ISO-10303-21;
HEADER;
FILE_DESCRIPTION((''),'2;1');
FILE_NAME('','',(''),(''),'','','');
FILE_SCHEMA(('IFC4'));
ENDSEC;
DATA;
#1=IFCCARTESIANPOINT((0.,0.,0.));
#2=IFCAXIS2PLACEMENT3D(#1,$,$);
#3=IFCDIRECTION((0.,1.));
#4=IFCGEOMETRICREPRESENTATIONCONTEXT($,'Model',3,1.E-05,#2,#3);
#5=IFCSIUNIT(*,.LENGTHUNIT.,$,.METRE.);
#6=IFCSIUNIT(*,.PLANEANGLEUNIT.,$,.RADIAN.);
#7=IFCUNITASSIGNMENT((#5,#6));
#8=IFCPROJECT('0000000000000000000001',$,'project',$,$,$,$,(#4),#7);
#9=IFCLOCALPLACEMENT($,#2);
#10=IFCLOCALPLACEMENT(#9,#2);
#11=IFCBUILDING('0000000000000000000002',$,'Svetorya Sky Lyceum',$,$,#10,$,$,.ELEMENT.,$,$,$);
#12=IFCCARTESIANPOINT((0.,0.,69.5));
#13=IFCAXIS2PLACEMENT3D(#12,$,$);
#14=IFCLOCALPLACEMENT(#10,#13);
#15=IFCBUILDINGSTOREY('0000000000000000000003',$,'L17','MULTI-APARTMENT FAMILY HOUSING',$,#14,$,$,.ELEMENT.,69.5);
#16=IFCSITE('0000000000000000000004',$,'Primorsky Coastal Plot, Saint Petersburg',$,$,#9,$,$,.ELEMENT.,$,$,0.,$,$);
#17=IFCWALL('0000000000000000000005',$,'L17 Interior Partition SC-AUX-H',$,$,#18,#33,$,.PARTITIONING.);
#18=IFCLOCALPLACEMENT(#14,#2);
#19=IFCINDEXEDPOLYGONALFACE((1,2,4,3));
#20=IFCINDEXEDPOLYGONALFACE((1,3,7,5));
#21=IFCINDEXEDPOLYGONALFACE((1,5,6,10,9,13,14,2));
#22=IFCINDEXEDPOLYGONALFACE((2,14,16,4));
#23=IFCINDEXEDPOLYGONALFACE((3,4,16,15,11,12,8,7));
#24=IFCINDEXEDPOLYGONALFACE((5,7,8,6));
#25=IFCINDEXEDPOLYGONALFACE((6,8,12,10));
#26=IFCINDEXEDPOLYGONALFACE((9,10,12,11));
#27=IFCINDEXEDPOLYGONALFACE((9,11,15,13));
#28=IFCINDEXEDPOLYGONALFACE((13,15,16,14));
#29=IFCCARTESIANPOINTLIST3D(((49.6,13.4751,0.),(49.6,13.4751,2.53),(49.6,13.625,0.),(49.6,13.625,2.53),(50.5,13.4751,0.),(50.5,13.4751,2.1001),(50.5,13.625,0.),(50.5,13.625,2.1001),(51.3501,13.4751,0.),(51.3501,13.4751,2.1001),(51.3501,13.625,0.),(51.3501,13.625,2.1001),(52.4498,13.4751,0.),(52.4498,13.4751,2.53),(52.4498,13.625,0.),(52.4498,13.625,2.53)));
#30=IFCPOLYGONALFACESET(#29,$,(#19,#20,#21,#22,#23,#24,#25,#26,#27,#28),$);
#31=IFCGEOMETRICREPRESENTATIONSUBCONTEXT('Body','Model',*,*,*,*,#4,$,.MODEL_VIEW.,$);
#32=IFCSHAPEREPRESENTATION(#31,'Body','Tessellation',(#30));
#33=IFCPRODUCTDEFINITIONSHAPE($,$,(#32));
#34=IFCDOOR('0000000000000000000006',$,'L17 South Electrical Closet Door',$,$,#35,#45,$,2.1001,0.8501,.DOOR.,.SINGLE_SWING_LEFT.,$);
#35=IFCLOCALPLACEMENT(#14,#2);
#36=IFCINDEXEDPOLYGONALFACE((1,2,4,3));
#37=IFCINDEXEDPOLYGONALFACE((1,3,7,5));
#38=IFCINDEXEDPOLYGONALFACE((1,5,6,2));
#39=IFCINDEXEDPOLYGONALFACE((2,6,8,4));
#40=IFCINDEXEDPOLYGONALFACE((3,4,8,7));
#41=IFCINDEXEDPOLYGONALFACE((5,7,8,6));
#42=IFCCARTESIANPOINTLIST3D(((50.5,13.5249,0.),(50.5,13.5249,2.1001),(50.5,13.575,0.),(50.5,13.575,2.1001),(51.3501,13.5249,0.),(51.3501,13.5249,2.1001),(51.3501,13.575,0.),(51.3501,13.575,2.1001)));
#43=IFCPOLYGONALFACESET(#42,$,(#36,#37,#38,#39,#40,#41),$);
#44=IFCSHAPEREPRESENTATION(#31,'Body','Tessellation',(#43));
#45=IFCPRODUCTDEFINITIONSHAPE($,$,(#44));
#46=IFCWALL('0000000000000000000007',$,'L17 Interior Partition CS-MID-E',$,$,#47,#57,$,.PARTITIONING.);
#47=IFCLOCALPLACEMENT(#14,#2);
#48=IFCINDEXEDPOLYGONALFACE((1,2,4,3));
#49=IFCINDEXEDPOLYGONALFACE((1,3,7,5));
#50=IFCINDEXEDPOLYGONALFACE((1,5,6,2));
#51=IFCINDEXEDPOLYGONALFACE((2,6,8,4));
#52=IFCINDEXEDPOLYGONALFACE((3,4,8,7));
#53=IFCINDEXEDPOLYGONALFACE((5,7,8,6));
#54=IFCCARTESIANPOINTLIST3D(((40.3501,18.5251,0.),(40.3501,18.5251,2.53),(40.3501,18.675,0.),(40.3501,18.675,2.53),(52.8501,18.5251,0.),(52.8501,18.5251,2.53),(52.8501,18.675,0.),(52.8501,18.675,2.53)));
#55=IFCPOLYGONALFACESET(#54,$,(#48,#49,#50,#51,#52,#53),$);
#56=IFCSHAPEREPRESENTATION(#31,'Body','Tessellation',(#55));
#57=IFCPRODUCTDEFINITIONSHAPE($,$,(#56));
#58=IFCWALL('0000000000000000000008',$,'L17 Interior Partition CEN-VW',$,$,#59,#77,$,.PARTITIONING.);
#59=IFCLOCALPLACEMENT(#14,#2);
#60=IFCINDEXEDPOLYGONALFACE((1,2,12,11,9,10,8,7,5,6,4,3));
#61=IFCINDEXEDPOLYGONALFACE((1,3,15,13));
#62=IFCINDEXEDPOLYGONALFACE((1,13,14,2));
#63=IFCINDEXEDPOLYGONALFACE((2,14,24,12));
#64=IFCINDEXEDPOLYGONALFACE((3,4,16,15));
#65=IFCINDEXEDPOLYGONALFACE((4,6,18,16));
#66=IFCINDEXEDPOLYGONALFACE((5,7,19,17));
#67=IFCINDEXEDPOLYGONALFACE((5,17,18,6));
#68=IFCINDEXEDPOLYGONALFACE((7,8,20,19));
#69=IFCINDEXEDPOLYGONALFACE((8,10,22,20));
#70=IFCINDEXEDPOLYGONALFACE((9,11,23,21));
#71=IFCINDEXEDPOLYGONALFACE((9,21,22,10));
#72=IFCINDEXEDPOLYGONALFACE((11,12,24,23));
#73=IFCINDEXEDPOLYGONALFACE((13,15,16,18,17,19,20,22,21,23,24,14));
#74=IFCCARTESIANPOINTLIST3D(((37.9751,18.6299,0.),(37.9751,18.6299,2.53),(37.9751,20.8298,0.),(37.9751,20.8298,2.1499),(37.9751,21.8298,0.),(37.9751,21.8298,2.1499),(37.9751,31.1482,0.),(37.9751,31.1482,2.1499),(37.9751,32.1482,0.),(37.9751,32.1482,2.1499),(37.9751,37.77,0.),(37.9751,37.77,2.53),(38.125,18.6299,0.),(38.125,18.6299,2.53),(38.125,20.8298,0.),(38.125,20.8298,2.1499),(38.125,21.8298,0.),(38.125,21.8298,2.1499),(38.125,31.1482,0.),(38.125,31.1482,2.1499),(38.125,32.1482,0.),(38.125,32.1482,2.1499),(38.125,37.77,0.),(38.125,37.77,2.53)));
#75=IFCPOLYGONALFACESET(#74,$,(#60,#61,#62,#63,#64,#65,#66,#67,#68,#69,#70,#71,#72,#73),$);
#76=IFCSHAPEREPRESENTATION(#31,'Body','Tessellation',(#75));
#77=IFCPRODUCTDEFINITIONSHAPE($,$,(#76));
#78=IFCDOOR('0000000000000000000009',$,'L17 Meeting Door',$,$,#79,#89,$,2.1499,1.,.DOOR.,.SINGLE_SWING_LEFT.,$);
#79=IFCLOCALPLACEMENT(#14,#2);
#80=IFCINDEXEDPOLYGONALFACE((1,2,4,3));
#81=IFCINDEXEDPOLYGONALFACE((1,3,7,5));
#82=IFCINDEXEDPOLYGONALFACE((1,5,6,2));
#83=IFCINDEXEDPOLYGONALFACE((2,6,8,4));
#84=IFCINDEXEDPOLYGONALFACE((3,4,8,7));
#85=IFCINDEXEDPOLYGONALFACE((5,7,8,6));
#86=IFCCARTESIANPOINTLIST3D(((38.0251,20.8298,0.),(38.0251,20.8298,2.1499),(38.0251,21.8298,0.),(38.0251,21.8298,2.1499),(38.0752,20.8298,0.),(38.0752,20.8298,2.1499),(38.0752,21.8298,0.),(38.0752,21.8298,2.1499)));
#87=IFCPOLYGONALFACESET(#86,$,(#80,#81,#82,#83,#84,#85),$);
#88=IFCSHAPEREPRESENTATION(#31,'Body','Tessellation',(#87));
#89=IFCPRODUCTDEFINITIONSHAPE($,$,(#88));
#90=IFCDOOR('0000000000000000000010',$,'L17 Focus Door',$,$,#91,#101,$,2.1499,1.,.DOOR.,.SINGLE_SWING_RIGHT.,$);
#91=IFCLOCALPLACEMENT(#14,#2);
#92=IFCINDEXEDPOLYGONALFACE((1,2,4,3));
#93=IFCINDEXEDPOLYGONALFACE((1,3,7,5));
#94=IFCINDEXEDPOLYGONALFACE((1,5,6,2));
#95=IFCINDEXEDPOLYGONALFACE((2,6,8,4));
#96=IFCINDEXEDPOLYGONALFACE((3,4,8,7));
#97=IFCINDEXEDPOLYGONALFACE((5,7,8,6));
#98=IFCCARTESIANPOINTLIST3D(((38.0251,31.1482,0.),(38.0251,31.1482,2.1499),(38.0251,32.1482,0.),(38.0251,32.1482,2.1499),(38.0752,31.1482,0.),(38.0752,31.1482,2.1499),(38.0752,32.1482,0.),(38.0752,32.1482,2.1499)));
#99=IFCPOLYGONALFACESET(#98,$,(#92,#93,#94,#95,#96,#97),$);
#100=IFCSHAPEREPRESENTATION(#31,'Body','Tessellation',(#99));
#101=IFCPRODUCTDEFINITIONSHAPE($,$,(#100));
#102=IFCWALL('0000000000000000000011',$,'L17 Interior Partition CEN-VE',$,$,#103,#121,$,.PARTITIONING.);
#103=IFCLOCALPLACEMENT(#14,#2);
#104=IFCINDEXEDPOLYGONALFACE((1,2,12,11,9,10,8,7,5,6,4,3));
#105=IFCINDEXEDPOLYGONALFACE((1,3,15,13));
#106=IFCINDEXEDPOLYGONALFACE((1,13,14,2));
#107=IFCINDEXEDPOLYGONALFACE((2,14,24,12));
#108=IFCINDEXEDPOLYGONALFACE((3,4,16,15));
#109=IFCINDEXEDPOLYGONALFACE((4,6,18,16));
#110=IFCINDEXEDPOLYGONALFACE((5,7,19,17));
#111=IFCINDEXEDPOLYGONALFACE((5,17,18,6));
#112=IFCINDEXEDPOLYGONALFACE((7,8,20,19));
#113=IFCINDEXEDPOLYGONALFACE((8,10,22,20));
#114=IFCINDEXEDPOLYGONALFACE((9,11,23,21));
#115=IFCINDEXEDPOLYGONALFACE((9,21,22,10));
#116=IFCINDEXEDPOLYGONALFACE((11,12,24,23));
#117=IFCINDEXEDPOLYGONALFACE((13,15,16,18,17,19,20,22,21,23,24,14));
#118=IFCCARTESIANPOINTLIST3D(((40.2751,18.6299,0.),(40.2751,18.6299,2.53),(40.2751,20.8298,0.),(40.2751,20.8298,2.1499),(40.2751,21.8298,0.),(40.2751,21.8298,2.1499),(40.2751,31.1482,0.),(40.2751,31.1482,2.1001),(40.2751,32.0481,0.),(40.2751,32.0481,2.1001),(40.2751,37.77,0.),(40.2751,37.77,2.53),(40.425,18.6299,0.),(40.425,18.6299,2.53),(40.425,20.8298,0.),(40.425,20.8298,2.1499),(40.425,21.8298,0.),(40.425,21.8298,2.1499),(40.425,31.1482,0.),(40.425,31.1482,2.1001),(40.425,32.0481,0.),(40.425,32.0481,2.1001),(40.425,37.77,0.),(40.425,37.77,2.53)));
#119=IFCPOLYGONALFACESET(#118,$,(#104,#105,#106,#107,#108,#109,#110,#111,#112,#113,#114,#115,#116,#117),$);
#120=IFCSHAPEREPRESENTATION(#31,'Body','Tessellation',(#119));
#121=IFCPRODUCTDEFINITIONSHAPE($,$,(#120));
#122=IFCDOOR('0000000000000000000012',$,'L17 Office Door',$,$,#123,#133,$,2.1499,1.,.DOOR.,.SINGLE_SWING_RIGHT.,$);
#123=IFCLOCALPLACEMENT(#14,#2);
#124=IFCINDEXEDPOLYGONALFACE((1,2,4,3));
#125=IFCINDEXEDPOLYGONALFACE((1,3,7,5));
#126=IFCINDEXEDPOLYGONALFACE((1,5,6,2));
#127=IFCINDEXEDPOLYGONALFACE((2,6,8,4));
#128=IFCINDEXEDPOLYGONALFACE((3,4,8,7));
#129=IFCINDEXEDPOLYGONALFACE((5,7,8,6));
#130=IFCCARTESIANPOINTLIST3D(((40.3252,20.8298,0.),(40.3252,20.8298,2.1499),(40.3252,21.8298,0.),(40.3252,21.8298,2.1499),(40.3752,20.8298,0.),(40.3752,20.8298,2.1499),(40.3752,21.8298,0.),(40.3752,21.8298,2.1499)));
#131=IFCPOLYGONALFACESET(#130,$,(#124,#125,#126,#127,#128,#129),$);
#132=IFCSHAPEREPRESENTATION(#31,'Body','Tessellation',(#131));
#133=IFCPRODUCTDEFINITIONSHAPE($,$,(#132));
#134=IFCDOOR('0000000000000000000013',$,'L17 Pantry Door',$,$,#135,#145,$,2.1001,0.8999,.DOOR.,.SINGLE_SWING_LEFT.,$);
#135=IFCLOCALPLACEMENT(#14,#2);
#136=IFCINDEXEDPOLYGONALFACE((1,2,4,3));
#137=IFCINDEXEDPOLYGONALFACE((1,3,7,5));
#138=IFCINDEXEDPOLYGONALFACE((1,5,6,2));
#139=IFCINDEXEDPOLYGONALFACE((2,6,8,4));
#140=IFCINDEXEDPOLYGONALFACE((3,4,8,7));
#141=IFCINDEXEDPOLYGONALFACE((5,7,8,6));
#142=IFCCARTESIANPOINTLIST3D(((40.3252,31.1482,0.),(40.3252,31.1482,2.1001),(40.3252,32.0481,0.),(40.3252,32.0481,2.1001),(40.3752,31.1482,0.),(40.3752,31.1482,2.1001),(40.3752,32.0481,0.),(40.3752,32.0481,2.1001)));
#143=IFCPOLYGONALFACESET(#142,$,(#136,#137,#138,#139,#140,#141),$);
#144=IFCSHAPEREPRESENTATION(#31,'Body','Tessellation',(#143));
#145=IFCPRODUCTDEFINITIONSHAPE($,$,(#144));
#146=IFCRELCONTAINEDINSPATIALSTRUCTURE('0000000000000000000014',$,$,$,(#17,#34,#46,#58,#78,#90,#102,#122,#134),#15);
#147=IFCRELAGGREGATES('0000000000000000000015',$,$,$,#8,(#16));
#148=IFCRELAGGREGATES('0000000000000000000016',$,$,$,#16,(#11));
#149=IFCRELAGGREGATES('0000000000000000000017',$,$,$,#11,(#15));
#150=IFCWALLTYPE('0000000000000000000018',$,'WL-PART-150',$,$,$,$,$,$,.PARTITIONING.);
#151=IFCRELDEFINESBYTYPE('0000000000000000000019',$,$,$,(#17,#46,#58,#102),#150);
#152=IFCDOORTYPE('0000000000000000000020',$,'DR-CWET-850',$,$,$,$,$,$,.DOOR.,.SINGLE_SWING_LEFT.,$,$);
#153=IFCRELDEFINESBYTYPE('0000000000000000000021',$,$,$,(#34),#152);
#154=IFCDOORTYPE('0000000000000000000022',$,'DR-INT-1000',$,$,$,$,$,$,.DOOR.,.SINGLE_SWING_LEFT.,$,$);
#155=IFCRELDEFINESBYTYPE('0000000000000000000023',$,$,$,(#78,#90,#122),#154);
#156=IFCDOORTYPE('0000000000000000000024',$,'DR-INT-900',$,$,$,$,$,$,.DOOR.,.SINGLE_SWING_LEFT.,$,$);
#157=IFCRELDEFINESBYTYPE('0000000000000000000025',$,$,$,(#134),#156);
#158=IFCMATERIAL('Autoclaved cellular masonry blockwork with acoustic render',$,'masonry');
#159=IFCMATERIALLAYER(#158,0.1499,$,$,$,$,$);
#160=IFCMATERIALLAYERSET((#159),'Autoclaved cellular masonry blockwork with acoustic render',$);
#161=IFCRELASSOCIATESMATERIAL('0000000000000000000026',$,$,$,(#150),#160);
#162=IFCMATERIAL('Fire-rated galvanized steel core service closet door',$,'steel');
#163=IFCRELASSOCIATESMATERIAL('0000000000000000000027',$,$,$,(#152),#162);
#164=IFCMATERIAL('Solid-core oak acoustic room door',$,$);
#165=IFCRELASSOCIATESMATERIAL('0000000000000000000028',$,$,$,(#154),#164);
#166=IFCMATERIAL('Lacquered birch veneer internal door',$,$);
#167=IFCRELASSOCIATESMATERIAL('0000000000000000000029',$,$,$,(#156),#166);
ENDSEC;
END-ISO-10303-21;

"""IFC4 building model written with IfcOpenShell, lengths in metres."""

from ifc_helpers import new_model, si_unit, direction, frame, frame_2d, origin, place, context, subcontext, project, spatial, rectangle, extrude, material, layer, layer_set, type_object, element, fill, save


model = new_model("IFC4")

# Units and contexts
model_context = context("Model", 3, precision=1e-05, world=origin(), true_north=direction((0.0, 1.0)))
body_context = subcontext(model_context, "Body", "Model", "MODEL_VIEW")
ifc_project = project(units=[si_unit("LENGTHUNIT", "METRE"), si_unit("PLANEANGLEUNIT", "RADIAN")], contexts=[model_context])

# Site, building, storey
site_placement = place(None, origin())
site = spatial("IfcSite", under=ifc_project, at=site_placement, Name="Primorsky Coastal Plot, Saint Petersburg", CompositionType="ELEMENT", RefElevation=0.0)
building_placement = place(site_placement, origin())
building = spatial("IfcBuilding", under=site, at=building_placement, Name="Svetorya Sky Lyceum", CompositionType="ELEMENT")
storey_placement = place(building_placement, frame((0.0, 0.0, 69.5)))
storey = spatial("IfcBuildingStorey", under=building, at=storey_placement, Name="L17", Description="MULTI-APARTMENT FAMILY HOUSING", CompositionType="ELEMENT", Elevation=69.5)

# Shared definitions
ifc_material_1 = material(Name="Autoclaved cellular masonry blockwork with acoustic render", Category="masonry")
ifc_layer_1 = layer(ifc_material_1, 0.1499)
ifc_layer_set_1 = layer_set([ifc_layer_1], Name="Autoclaved cellular masonry blockwork with acoustic render")
wall_type_1 = type_object("IfcWallType", Name="WL-PART-150", PredefinedType="PARTITIONING", material=ifc_layer_set_1)

# Wall, opening, door
wall_1_placement = place(storey_placement, frame((49.6001, 13.55, 0.0), z_axis=(0.0, 0.0, 1.0), x_axis=(1.0, 0.0, 0.0)))
wall_1 = element("IfcWall", 1, at=wall_1_placement, inside=storey, type_object=wall_type_1, Name="L17 Interior Partition SC-AUX-H", PredefinedType="PARTITIONING", context=body_context, shape_type="SweptSolid", body=[
    extrude(rectangle(XDim=2.8499, YDim=0.1499, at=frame_2d((1.4248, 0.0))), origin(), (0.0, 0.0, 1.0), 2.53),
])
opening_1_placement = place(wall_1_placement, frame((0.8999, 0.0, 0.0)))
opening_1 = element("IfcOpeningElement", 2, at=opening_1_placement, cuts=wall_1, PredefinedType="OPENING", context=body_context, shape_type="SweptSolid", body=[
    extrude(rectangle(XDim=0.8501, YDim=2.1001, at=frame_2d((0.425, 1.05))), frame((0.0, 0.085, 0.0), z_axis=(0.0, -1.0, 0.0), x_axis=(1.0, 0.0, 0.0)), (0.0, 0.0, 1.0), 0.1699),
])
ifc_material_2 = material(Name="Fire-rated galvanized steel core service closet door", Category="steel")
door_type_1 = type_object("IfcDoorType", Name="DR-CWET-850", OperationType="SINGLE_SWING_LEFT", PredefinedType="DOOR", material=ifc_material_2)
door_1_placement = place(opening_1_placement, origin())
door_1 = element("IfcDoor", 3, at=door_1_placement, inside=storey, type_object=door_type_1, Name="L17 South Electrical Closet Door", OperationType="SINGLE_SWING_LEFT", OverallHeight=2.1001, OverallWidth=0.8501, PredefinedType="DOOR", context=body_context, shape_type="SweptSolid", body=[
    extrude(rectangle(XDim=0.8501, YDim=2.1001, at=frame_2d((0.425, 1.05))), frame((0.0, 0.0249, 0.0), z_axis=(0.0, -1.0, 0.0), x_axis=(1.0, 0.0, 0.0)), (0.0, 0.0, 1.0), 0.05),
])
fill(opening_1, door_1)

# Wall
wall_2_placement = place(storey_placement, frame((40.3501, 18.6001, 0.0), z_axis=(0.0, 0.0, 1.0), x_axis=(1.0, 0.0, 0.0)))
element("IfcWall", 4, at=wall_2_placement, inside=storey, type_object=wall_type_1, Name="L17 Interior Partition CS-MID-E", PredefinedType="PARTITIONING", context=body_context, shape_type="SweptSolid", body=[
    extrude(rectangle(XDim=12.5, YDim=0.1499, at=frame_2d((6.25, 0.0))), origin(), (0.0, 0.0, 1.0), 2.53),
])

# Walls, openings, doors
wall_3_placement = place(storey_placement, frame((38.05, 18.6299, 0.0), z_axis=(0.0, 0.0, 1.0), x_axis=(0.0, 1.0, 0.0)))
wall_3 = element("IfcWall", 5, at=wall_3_placement, inside=storey, type_object=wall_type_1, Name="L17 Interior Partition CEN-VW", PredefinedType="PARTITIONING", context=body_context, shape_type="SweptSolid", body=[
    extrude(rectangle(XDim=19.1401, YDim=0.1499, at=frame_2d((9.5701, 0.0))), origin(), (0.0, 0.0, 1.0), 2.53),
])
opening_2_placement = place(wall_3_placement, frame((2.2, 0.0, 0.0)))
opening_2 = element("IfcOpeningElement", 6, at=opening_2_placement, cuts=wall_3, PredefinedType="OPENING", context=body_context, shape_type="SweptSolid", body=[
    extrude(rectangle(XDim=1.0, YDim=2.1499, at=frame_2d((0.5, 1.075))), frame((0.0, 0.085, 0.0), z_axis=(0.0, -1.0, 0.0), x_axis=(1.0, 0.0, 0.0)), (0.0, 0.0, 1.0), 0.1699),
])
opening_3_placement = place(wall_3_placement, frame((12.5183, 0.0, 0.0)))
opening_3 = element("IfcOpeningElement", 7, at=opening_3_placement, cuts=wall_3, PredefinedType="OPENING", context=body_context, shape_type="SweptSolid", body=[
    extrude(rectangle(XDim=1.0, YDim=2.1499, at=frame_2d((0.5, 1.075))), frame((0.0, 0.085, 0.0), z_axis=(0.0, -1.0, 0.0), x_axis=(1.0, 0.0, 0.0)), (0.0, 0.0, 1.0), 0.1699),
])
ifc_material_3 = material(Name="Solid-core oak acoustic room door")
door_type_2 = type_object("IfcDoorType", Name="DR-INT-1000", OperationType="SINGLE_SWING_LEFT", PredefinedType="DOOR", material=ifc_material_3)
door_2_placement = place(opening_2_placement, origin())
door_2 = element("IfcDoor", 8, at=door_2_placement, inside=storey, type_object=door_type_2, Name="L17 Meeting Door", OperationType="SINGLE_SWING_LEFT", OverallHeight=2.1499, OverallWidth=1.0, PredefinedType="DOOR", context=body_context, shape_type="SweptSolid", body=[
    extrude(rectangle(XDim=1.0, YDim=2.1499, at=frame_2d((0.5, 1.075))), frame((0.0, 0.0249, 0.0), z_axis=(0.0, -1.0, 0.0), x_axis=(1.0, 0.0, 0.0)), (0.0, 0.0, 1.0), 0.05),
])
fill(opening_2, door_2)
door_3_placement = place(opening_3_placement, origin())
door_3 = element("IfcDoor", 9, at=door_3_placement, inside=storey, type_object=door_type_2, Name="L17 Focus Door", OperationType="SINGLE_SWING_RIGHT", OverallHeight=2.1499, OverallWidth=1.0, PredefinedType="DOOR", context=body_context, shape_type="SweptSolid", body=[
    extrude(rectangle(XDim=1.0, YDim=2.1499, at=frame_2d((0.5, 1.075))), frame((0.0, 0.0249, 0.0), z_axis=(0.0, -1.0, 0.0), x_axis=(1.0, 0.0, 0.0)), (0.0, 0.0, 1.0), 0.05),
])
fill(opening_3, door_3)
wall_4_placement = place(storey_placement, frame((40.3501, 18.6299, 0.0), z_axis=(0.0, 0.0, 1.0), x_axis=(0.0, 1.0, 0.0)))
wall_4 = element("IfcWall", 10, at=wall_4_placement, inside=storey, type_object=wall_type_1, Name="L17 Interior Partition CEN-VE", PredefinedType="PARTITIONING", context=body_context, shape_type="SweptSolid", body=[
    extrude(rectangle(XDim=19.1401, YDim=0.1499, at=frame_2d((9.5701, 0.0))), origin(), (0.0, 0.0, 1.0), 2.53),
])
opening_4_placement = place(wall_4_placement, frame((2.2, 0.0, 0.0)))
opening_4 = element("IfcOpeningElement", 11, at=opening_4_placement, cuts=wall_4, PredefinedType="OPENING", context=body_context, shape_type="SweptSolid", body=[
    extrude(rectangle(XDim=1.0, YDim=2.1499, at=frame_2d((0.5, 1.075))), frame((0.0, 0.085, 0.0), z_axis=(0.0, -1.0, 0.0), x_axis=(1.0, 0.0, 0.0)), (0.0, 0.0, 1.0), 0.1699),
])
opening_5_placement = place(wall_4_placement, frame((12.5183, 0.0, 0.0)))
opening_5 = element("IfcOpeningElement", 12, at=opening_5_placement, cuts=wall_4, PredefinedType="OPENING", context=body_context, shape_type="SweptSolid", body=[
    extrude(rectangle(XDim=0.8999, YDim=2.1001, at=frame_2d((0.45, 1.05))), frame((0.0, 0.085, 0.0), z_axis=(0.0, -1.0, 0.0), x_axis=(1.0, 0.0, 0.0)), (0.0, 0.0, 1.0), 0.1699),
])
door_4_placement = place(opening_4_placement, origin())
door_4 = element("IfcDoor", 13, at=door_4_placement, inside=storey, type_object=door_type_2, Name="L17 Office Door", OperationType="SINGLE_SWING_RIGHT", OverallHeight=2.1499, OverallWidth=1.0, PredefinedType="DOOR", context=body_context, shape_type="SweptSolid", body=[
    extrude(rectangle(XDim=1.0, YDim=2.1499, at=frame_2d((0.5, 1.075))), frame((0.0, 0.0249, 0.0), z_axis=(0.0, -1.0, 0.0), x_axis=(1.0, 0.0, 0.0)), (0.0, 0.0, 1.0), 0.05),
])
fill(opening_4, door_4)
ifc_material_4 = material(Name="Lacquered birch veneer internal door")
door_type_3 = type_object("IfcDoorType", Name="DR-INT-900", OperationType="SINGLE_SWING_LEFT", PredefinedType="DOOR", material=ifc_material_4)
door_5_placement = place(opening_5_placement, origin())
door_5 = element("IfcDoor", 14, at=door_5_placement, inside=storey, type_object=door_type_3, Name="L17 Pantry Door", OperationType="SINGLE_SWING_LEFT", OverallHeight=2.1001, OverallWidth=0.8999, PredefinedType="DOOR", context=body_context, shape_type="SweptSolid", body=[
    extrude(rectangle(XDim=0.8999, YDim=2.1001, at=frame_2d((0.45, 1.05))), frame((0.0, 0.0249, 0.0), z_axis=(0.0, -1.0, 0.0), x_axis=(1.0, 0.0, 0.0)), (0.0, 0.0, 1.0), 0.05),
])
fill(opening_5, door_5)

save(model, "model.ifc")
